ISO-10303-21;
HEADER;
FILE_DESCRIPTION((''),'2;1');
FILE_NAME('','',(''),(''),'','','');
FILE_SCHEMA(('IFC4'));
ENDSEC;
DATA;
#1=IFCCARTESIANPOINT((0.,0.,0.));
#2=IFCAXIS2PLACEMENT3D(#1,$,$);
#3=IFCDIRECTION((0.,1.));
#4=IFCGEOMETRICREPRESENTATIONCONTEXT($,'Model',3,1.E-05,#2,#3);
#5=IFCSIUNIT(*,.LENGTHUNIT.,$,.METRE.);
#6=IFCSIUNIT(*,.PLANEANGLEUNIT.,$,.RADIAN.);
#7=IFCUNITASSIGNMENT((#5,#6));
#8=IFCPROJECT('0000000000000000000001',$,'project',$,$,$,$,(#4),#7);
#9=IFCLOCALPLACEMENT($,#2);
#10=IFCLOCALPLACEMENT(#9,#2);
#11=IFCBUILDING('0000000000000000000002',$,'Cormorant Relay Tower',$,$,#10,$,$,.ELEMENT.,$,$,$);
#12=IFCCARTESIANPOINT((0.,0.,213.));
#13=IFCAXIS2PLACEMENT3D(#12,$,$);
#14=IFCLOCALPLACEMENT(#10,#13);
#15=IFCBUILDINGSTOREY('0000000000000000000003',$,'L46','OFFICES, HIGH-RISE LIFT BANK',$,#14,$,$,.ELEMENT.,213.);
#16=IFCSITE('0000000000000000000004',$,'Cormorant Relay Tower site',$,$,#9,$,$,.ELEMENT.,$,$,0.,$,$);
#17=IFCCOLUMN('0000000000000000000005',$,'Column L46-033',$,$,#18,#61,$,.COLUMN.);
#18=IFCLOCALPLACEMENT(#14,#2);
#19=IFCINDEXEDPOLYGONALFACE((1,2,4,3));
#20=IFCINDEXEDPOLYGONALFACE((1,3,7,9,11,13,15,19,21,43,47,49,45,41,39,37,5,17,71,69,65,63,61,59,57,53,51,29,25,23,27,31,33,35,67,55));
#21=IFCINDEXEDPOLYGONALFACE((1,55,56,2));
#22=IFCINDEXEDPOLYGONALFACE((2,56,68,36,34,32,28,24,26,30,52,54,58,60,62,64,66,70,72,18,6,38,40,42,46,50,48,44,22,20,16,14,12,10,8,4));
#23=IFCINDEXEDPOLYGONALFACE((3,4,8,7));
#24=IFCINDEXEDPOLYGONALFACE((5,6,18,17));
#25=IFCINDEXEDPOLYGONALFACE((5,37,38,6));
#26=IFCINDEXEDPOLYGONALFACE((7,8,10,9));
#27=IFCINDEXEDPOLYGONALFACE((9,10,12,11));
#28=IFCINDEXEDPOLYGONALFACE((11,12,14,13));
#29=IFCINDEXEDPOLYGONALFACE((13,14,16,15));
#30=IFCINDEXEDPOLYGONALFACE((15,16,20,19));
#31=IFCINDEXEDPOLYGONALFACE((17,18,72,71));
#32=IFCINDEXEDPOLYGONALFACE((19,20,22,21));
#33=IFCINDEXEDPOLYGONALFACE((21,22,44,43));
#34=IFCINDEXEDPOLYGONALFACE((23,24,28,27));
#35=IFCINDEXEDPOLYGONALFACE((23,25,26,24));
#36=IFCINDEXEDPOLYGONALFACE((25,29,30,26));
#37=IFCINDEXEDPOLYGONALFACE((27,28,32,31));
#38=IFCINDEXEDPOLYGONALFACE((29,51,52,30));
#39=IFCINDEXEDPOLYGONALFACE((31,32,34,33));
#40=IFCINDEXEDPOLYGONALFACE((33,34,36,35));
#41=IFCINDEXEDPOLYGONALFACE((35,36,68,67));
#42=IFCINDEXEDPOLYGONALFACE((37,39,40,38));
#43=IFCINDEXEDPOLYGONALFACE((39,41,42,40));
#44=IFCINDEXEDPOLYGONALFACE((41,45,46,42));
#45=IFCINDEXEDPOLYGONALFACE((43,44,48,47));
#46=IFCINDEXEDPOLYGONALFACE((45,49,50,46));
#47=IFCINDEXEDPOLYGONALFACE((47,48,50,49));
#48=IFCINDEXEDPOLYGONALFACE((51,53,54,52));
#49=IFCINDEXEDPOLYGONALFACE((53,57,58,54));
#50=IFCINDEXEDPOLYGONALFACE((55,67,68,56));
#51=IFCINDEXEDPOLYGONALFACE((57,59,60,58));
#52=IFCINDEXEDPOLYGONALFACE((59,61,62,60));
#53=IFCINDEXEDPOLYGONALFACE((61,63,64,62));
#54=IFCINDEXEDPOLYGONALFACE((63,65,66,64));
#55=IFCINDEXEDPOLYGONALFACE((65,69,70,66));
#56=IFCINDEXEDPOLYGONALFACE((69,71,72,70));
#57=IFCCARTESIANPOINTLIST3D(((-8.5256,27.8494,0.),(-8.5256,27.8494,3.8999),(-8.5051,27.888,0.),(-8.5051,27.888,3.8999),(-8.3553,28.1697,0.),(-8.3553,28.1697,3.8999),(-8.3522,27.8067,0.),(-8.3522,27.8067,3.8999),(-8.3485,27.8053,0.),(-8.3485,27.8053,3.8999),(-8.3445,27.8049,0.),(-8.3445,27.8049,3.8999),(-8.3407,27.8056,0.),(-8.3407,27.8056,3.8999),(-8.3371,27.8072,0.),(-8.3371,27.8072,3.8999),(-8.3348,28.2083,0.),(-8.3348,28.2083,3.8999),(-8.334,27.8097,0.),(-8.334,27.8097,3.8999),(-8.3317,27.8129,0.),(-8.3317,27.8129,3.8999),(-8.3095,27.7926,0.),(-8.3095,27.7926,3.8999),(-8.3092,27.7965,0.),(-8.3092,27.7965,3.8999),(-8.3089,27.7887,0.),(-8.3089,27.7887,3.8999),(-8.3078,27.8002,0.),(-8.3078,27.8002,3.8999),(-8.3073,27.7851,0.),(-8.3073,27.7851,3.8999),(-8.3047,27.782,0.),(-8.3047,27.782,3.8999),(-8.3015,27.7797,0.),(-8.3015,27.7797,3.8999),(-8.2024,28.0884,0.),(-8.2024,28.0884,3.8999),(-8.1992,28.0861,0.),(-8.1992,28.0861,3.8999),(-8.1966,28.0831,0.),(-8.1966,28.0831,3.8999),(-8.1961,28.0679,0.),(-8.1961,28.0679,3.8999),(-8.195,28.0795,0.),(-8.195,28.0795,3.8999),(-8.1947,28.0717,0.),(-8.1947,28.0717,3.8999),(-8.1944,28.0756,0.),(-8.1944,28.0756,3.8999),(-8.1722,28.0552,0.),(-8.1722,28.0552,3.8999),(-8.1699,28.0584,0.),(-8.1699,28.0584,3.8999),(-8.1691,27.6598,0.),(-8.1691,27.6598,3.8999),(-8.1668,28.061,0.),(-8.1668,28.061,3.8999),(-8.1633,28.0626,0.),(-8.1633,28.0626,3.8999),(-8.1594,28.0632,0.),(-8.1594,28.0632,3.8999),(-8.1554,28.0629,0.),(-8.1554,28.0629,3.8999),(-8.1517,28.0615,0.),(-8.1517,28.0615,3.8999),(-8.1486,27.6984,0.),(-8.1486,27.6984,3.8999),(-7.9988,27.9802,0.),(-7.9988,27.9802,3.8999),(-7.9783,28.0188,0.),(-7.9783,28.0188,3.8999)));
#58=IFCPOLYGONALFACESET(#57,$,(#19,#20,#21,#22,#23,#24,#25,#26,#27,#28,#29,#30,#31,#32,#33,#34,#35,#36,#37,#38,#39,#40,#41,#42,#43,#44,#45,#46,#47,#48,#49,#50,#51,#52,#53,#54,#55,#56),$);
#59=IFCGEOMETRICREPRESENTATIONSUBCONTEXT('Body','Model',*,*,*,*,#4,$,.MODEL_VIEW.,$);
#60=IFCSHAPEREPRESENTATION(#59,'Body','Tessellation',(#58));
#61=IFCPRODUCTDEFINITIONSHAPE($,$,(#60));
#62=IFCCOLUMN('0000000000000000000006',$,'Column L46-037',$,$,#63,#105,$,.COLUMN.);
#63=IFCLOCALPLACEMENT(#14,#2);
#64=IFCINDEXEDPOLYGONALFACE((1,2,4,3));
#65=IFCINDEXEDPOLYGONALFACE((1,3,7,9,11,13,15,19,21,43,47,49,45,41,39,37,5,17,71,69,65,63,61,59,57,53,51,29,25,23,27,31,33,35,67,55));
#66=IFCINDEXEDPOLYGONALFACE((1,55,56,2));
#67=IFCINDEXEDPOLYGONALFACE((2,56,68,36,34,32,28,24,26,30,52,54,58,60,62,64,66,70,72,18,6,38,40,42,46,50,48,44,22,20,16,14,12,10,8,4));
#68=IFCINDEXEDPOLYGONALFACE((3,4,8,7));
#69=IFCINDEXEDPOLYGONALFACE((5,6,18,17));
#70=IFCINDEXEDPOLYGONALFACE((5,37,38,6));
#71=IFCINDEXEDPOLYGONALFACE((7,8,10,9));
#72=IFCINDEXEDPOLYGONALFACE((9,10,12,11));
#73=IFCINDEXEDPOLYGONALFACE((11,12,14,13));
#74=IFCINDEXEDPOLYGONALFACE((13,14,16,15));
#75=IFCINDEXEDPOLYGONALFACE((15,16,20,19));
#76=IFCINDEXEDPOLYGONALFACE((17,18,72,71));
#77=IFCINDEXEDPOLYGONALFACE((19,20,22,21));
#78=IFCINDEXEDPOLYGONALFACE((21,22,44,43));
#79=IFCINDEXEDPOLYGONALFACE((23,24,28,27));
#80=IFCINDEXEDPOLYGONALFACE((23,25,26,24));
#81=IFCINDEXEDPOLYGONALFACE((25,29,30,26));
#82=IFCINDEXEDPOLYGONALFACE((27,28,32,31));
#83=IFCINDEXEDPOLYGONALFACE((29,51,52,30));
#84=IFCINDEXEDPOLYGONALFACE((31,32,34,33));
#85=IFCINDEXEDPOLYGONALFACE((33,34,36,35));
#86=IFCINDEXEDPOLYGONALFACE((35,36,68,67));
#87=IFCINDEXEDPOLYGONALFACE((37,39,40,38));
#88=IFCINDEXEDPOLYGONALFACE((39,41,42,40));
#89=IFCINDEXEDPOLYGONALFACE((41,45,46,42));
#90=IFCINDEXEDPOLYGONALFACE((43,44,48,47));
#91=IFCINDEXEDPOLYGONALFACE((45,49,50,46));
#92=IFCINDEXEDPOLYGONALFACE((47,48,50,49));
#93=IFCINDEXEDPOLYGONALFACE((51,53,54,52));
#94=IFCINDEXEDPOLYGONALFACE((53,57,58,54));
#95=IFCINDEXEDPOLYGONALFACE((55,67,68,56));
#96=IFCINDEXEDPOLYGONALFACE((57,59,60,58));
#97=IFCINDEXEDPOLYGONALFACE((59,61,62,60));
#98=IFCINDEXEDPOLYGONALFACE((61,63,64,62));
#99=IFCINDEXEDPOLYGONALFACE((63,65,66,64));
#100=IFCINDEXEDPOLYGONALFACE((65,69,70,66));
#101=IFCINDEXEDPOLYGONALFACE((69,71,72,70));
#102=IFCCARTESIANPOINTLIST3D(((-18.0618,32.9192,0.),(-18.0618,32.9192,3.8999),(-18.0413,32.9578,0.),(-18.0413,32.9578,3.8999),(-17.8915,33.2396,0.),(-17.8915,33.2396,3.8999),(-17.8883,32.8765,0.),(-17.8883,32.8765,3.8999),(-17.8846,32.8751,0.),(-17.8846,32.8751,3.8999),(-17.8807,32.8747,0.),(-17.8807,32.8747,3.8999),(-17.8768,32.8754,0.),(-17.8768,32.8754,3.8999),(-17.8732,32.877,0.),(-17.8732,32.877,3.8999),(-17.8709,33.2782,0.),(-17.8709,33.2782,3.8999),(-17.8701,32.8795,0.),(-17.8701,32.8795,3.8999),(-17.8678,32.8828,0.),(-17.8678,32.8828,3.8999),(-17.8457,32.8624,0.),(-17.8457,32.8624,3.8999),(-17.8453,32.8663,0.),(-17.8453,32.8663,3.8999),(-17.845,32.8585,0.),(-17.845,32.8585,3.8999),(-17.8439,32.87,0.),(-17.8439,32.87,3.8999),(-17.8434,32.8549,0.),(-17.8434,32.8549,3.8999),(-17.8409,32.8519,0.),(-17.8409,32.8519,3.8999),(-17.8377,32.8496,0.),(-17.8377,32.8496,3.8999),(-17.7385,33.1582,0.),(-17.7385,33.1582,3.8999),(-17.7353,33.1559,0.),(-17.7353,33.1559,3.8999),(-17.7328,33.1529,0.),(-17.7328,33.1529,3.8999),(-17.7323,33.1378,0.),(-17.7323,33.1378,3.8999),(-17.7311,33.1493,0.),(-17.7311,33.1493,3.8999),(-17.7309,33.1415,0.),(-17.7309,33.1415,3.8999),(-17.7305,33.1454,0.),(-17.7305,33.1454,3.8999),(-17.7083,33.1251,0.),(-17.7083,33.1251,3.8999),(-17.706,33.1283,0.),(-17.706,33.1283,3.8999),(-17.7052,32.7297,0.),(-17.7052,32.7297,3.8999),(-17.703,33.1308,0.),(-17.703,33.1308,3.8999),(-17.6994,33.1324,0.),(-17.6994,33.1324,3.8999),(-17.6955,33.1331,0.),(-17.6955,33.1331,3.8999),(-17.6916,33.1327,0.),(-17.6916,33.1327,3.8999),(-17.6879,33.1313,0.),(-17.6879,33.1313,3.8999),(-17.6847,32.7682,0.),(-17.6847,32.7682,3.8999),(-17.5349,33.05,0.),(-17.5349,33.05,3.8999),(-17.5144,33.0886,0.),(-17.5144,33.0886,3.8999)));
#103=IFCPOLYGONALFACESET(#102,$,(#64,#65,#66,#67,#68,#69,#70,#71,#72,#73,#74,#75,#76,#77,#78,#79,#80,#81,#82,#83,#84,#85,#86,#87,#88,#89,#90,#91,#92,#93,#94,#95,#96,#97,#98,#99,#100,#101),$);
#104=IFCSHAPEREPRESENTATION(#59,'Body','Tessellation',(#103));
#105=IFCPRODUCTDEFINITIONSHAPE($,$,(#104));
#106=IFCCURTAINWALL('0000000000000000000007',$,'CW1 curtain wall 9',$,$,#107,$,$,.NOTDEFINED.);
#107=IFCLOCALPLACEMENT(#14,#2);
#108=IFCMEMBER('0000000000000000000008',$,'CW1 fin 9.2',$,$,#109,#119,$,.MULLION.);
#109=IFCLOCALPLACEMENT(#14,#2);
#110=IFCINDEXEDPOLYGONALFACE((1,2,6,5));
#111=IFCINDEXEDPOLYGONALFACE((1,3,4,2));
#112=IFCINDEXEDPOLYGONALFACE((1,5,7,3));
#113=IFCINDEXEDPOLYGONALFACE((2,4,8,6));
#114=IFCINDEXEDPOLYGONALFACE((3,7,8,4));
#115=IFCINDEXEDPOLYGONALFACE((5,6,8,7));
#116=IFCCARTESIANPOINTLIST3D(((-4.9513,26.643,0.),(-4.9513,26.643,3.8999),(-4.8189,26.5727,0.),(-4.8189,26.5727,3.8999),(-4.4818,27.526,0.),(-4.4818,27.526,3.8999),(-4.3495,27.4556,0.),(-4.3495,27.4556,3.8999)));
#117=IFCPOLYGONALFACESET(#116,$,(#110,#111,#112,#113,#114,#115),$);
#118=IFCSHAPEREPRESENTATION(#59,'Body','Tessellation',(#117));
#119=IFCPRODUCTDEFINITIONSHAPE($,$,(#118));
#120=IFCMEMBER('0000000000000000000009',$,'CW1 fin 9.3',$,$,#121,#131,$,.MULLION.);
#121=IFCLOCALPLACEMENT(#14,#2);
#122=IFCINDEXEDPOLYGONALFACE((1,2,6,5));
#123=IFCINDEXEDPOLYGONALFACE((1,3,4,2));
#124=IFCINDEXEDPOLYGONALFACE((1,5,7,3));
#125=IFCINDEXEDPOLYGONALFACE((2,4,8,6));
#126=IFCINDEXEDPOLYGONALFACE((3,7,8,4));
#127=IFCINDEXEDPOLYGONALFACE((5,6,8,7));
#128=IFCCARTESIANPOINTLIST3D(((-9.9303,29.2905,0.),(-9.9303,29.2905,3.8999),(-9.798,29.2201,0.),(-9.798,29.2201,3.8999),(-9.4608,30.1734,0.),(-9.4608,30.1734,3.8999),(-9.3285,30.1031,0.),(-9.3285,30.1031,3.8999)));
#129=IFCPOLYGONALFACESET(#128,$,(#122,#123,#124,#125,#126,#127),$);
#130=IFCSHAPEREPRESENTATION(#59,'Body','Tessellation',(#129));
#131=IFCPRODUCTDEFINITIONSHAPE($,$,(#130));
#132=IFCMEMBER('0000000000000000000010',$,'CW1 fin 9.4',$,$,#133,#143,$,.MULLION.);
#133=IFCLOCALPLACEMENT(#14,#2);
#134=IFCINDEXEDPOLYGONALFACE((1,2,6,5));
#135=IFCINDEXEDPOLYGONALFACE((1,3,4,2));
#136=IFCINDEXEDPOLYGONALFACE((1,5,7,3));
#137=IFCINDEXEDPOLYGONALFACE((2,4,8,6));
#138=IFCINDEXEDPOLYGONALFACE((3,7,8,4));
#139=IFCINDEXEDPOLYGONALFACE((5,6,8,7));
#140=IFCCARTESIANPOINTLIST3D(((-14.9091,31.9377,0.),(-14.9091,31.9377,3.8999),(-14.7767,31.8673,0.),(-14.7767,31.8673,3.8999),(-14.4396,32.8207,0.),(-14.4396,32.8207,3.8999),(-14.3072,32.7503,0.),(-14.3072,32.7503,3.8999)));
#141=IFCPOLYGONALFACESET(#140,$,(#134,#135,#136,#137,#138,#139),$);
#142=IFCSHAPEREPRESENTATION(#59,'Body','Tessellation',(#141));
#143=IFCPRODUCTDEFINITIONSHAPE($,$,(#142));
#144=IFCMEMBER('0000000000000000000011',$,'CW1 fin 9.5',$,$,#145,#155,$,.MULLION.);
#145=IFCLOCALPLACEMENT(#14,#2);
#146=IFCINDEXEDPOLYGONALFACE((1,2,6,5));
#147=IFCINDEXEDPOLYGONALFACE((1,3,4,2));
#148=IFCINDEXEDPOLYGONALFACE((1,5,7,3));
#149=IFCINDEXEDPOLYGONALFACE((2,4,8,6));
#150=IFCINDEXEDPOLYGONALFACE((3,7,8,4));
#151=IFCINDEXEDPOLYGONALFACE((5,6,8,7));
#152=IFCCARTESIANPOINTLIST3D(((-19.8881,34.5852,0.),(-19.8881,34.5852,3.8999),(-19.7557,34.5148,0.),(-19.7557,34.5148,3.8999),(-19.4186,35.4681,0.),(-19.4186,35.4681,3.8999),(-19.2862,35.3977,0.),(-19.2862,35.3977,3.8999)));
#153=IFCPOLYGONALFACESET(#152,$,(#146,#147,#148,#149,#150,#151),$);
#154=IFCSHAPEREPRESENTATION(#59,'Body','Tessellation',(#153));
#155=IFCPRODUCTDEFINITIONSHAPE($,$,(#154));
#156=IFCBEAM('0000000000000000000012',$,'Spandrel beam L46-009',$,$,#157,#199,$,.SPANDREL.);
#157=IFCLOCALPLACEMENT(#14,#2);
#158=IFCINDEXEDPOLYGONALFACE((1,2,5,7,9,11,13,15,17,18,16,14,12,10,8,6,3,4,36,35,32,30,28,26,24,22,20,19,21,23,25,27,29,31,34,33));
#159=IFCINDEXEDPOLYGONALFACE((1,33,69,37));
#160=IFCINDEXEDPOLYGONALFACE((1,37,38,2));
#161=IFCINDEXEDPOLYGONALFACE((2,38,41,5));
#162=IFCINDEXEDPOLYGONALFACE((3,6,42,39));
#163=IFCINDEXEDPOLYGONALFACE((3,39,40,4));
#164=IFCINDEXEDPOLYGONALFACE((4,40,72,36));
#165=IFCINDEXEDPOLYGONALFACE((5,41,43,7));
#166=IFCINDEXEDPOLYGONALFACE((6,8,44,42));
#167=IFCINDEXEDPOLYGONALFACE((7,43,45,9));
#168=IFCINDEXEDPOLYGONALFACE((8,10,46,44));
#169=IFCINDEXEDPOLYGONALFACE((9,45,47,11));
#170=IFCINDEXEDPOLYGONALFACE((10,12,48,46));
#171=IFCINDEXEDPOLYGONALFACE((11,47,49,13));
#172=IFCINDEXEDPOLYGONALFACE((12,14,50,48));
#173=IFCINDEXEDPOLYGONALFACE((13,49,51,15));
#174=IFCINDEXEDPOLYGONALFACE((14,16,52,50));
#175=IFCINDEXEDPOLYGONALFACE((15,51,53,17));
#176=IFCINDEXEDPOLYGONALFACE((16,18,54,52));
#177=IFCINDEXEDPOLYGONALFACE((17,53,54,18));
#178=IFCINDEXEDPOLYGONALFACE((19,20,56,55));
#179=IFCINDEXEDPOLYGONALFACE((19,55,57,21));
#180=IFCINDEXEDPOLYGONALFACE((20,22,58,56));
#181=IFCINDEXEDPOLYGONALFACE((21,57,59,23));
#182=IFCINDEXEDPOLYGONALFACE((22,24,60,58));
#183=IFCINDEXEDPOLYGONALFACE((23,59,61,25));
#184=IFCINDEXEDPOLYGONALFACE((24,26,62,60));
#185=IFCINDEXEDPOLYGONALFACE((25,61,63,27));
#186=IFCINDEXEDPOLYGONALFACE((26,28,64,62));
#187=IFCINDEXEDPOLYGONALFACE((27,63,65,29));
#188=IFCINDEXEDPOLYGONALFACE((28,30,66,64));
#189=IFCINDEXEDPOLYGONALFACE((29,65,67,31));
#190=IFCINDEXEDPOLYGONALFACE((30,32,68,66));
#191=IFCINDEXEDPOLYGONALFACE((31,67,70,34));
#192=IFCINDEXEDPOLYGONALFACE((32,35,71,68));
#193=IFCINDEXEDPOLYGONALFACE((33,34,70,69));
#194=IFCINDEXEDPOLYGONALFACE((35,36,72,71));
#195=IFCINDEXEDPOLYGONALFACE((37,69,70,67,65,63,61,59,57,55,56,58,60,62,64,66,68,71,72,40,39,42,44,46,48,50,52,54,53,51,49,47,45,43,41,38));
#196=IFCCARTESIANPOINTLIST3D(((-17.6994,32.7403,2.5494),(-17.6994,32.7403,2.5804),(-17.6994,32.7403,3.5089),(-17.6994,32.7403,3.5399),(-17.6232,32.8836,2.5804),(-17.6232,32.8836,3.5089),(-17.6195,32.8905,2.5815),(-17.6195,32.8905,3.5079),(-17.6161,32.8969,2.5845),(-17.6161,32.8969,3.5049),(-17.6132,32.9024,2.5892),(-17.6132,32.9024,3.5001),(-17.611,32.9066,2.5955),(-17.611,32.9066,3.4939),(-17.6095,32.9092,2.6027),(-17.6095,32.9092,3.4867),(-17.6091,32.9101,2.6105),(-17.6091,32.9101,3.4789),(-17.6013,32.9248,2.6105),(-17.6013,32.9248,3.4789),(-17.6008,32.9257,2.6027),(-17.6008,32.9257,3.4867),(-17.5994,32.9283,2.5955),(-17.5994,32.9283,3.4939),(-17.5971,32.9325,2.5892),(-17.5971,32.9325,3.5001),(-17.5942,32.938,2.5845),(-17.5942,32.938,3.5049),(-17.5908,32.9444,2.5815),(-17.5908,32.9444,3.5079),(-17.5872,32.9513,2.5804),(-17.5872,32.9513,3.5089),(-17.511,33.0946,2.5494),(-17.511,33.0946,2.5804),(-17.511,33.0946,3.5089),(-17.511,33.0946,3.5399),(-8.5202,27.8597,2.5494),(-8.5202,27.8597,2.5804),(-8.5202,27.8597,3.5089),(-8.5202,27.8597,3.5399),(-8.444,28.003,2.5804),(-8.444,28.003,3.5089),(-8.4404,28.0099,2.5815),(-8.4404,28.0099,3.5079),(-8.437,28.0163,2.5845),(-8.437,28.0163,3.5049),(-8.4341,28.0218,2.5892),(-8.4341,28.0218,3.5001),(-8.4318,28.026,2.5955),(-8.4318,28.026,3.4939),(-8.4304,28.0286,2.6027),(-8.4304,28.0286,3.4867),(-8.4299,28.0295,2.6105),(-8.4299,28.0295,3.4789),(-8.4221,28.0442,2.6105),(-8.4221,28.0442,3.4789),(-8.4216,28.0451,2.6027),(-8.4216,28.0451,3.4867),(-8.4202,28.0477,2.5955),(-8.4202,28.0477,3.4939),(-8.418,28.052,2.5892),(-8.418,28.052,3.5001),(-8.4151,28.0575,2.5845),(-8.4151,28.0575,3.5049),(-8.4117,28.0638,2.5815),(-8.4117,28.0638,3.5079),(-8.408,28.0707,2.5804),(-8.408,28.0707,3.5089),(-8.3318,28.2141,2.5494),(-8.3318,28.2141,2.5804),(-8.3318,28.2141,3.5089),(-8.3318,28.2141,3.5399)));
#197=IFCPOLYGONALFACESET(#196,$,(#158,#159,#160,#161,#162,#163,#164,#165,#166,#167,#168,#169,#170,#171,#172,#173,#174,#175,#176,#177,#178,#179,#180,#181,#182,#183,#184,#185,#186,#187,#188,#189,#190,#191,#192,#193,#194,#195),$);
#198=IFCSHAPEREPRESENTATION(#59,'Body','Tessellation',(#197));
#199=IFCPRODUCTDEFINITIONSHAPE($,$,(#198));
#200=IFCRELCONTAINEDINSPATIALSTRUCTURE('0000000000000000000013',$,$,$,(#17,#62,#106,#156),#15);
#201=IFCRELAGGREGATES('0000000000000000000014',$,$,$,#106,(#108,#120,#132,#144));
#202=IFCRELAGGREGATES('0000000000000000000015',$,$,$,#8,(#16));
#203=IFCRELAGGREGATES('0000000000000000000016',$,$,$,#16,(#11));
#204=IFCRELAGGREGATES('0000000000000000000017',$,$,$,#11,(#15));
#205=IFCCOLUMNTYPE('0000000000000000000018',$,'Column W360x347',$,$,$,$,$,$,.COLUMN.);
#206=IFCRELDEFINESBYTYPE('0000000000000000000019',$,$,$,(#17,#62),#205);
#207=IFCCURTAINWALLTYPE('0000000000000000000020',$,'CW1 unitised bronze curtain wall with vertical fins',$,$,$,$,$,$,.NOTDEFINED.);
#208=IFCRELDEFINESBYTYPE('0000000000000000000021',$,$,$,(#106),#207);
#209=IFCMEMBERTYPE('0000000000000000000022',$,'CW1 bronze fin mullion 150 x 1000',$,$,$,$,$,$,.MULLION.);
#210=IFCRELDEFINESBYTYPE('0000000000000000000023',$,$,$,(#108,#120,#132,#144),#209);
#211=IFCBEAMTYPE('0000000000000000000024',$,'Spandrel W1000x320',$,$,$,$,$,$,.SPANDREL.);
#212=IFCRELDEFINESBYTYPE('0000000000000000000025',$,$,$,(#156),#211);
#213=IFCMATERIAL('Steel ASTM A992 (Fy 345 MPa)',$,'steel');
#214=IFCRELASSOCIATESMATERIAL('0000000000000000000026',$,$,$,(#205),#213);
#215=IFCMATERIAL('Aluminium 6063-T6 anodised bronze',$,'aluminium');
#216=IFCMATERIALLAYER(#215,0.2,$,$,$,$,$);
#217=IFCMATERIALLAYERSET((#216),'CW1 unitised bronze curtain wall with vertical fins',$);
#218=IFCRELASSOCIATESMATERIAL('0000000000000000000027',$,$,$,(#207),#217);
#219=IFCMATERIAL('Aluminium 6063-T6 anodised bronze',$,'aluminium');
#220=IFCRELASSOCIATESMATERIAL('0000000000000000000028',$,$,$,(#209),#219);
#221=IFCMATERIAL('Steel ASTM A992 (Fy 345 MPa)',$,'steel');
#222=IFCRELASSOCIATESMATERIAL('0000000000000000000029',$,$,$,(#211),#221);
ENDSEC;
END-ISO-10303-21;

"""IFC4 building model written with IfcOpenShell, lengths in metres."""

from ifc_helpers import new_model, si_unit, direction, frame, origin, origin_2d, place, context, subcontext, project, spatial, rectangle, i_section, extrude, material, layer, layer_set, material_profile, profile_set, type_object, element, aggregate, save


model = new_model("IFC4")

# Units and contexts
model_context = context("Model", 3, precision=1e-05, world=origin(), true_north=direction((0.0, 1.0)))
body_context = subcontext(model_context, "Body", "Model", "MODEL_VIEW")
ifc_project = project(units=[si_unit("LENGTHUNIT", "METRE"), si_unit("PLANEANGLEUNIT", "RADIAN")], contexts=[model_context])

# Site, building, storey
site_placement = place(None, origin())
site = spatial("IfcSite", under=ifc_project, at=site_placement, Name="Cormorant Relay Tower site", CompositionType="ELEMENT", RefElevation=0.0)
building_placement = place(site_placement, origin())
building = spatial("IfcBuilding", under=site, at=building_placement, Name="Cormorant Relay Tower", CompositionType="ELEMENT")
storey_placement = place(building_placement, frame((0.0, 0.0, 213.0)))
storey = spatial("IfcBuildingStorey", under=building, at=storey_placement, Name="L46", Description="OFFICES, HIGH-RISE LIFT BANK", CompositionType="ELEMENT", Elevation=213.0)

# Columns
ifc_material_1 = material(Name="Steel ASTM A992 (Fy 345 MPa)", Category="steel")
ifc_material_profile_1 = material_profile(ifc_material_1, i_section(OverallWidth=0.4038, OverallDepth=0.4065, WebThickness=0.0271, FlangeThickness=0.0437, FilletRadius=0.0151, at=origin_2d()), Name="W360x347")
ifc_profile_set_1 = profile_set([ifc_material_profile_1], Name="Steel ASTM A992 (Fy 345 MPa)")
column_type = type_object("IfcColumnType", Name="Column W360x347", PredefinedType="COLUMN", material=ifc_profile_set_1)
for number, where, z_axis, x_axis, name in (
    (1, (-8.252, 27.9341, 0.0), (0.0, 0.0, 1.0), (-0.882948, 0.469472, 0.0), "Column L46-033"),
    (2, (-17.7881, 33.0039, 0.0), (0.0, 0.0, 1.0), (-0.882948, 0.469472, 0.0), "Column L46-037"),
):
    element("IfcColumn", number, at=place(storey_placement, frame(where, z_axis=z_axis, x_axis=x_axis)), inside=storey, type_object=column_type, Name=name, PredefinedType="COLUMN", context=body_context, shape_type="SweptSolid", body=[
        extrude(i_section(OverallWidth=0.4038, OverallDepth=0.4065, WebThickness=0.0271, FlangeThickness=0.0437, FilletRadius=0.0151, at=origin_2d()), origin(), (0.0, 0.0, 1.0), 3.8999),
    ])

# Curtain wall, members
ifc_material_2 = material(Name="Aluminium 6063-T6 anodised bronze", Category="aluminium")
ifc_layer_1 = layer(ifc_material_2, 0.2)
ifc_layer_set_1 = layer_set([ifc_layer_1], Name="CW1 unitised bronze curtain wall with vertical fins")
curtain_wall_type = type_object("IfcCurtainWallType", Name="CW1 unitised bronze curtain wall with vertical fins", PredefinedType="NOTDEFINED", material=ifc_layer_set_1)
curtain_wall_placement = place(storey_placement, origin())
curtain_wall = element("IfcCurtainWall", 3, at=curtain_wall_placement, inside=storey, type_object=curtain_wall_type, Name="CW1 curtain wall 9", PredefinedType="NOTDEFINED")
ifc_material_3 = material(Name="Aluminium 6063-T6 anodised bronze", Category="aluminium")
ifc_material_profile_2 = material_profile(ifc_material_3, rectangle(XDim=0.1499, YDim=1.0, at=origin_2d()), Name="AL 150x1000")
ifc_profile_set_2 = profile_set([ifc_material_profile_2], Name="Aluminium 6063-T6 anodised bronze")
member_type = type_object("IfcMemberType", Name="CW1 bronze fin mullion 150 x 1000", PredefinedType="MULLION", material=ifc_profile_set_2)
member_1_placement = place(storey_placement, frame((-4.6504, 27.0493, 0.0), z_axis=(0.0, 0.0, 1.0), x_axis=(-0.882948, 0.469472, 0.0)))
member_1 = element("IfcMember", 4, at=member_1_placement, type_object=member_type, Name="CW1 fin 9.2", PredefinedType="MULLION", context=body_context, shape_type="SweptSolid", body=[
    extrude(rectangle(XDim=0.1499, YDim=1.0, at=origin_2d()), origin(), (0.0, 0.0, 1.0), 3.8999),
])
member_2_placement = place(storey_placement, frame((-9.6294, 29.6968, 0.0), z_axis=(0.0, 0.0, 1.0), x_axis=(-0.882948, 0.469472, 0.0)))
member_2 = element("IfcMember", 5, at=member_2_placement, type_object=member_type, Name="CW1 fin 9.3", PredefinedType="MULLION", context=body_context, shape_type="SweptSolid", body=[
    extrude(rectangle(XDim=0.1499, YDim=1.0, at=origin_2d()), origin(), (0.0, 0.0, 1.0), 3.8999),
])
member_3_placement = place(storey_placement, frame((-14.6082, 32.344, 0.0), z_axis=(0.0, 0.0, 1.0), x_axis=(-0.882948, 0.469472, 0.0)))
member_3 = element("IfcMember", 6, at=member_3_placement, type_object=member_type, Name="CW1 fin 9.4", PredefinedType="MULLION", context=body_context, shape_type="SweptSolid", body=[
    extrude(rectangle(XDim=0.1499, YDim=1.0, at=origin_2d()), origin(), (0.0, 0.0, 1.0), 3.8999),
])
member_4_placement = place(storey_placement, frame((-19.5872, 34.9915, 0.0), z_axis=(0.0, 0.0, 1.0), x_axis=(-0.882948, 0.469472, 0.0)))
member_4 = element("IfcMember", 7, at=member_4_placement, type_object=member_type, Name="CW1 fin 9.5", PredefinedType="MULLION", context=body_context, shape_type="SweptSolid", body=[
    extrude(rectangle(XDim=0.1499, YDim=1.0, at=origin_2d()), origin(), (0.0, 0.0, 1.0), 3.8999),
])

# Beam
ifc_material_4 = material(Name="Steel ASTM A992 (Fy 345 MPa)", Category="steel")
ifc_material_profile_3 = material_profile(ifc_material_4, i_section(OverallWidth=0.4014, OverallDepth=0.9905, WebThickness=0.0166, FlangeThickness=0.031, FilletRadius=0.03, at=origin_2d()), Name="W1000x320")
ifc_profile_set_3 = profile_set([ifc_material_profile_3], Name="Steel ASTM A992 (Fy 345 MPa)")
beam_type_1 = type_object("IfcBeamType", Name="Spandrel W1000x320", PredefinedType="SPANDREL", material=ifc_profile_set_3)
beam_1_placement = place(storey_placement, frame((-8.426, 28.0369, 3.0447), z_axis=(-0.88295, 0.469468, 0.0), x_axis=(-0.469468, -0.88295, 0.0)))
element("IfcBeam", 8, at=beam_1_placement, inside=storey, type_object=beam_type_1, Name="Spandrel beam L46-009", PredefinedType="SPANDREL", context=body_context, shape_type="SweptSolid", body=[
    extrude(i_section(OverallWidth=0.4014, OverallDepth=0.9905, WebThickness=0.0166, FlangeThickness=0.031, FilletRadius=0.03, at=origin_2d()), origin(), (0.0, 0.0, 1.0), 10.396),
])

aggregate(curtain_wall, [member_1, member_2, member_3, member_4])

save(model, "model.ifc")
